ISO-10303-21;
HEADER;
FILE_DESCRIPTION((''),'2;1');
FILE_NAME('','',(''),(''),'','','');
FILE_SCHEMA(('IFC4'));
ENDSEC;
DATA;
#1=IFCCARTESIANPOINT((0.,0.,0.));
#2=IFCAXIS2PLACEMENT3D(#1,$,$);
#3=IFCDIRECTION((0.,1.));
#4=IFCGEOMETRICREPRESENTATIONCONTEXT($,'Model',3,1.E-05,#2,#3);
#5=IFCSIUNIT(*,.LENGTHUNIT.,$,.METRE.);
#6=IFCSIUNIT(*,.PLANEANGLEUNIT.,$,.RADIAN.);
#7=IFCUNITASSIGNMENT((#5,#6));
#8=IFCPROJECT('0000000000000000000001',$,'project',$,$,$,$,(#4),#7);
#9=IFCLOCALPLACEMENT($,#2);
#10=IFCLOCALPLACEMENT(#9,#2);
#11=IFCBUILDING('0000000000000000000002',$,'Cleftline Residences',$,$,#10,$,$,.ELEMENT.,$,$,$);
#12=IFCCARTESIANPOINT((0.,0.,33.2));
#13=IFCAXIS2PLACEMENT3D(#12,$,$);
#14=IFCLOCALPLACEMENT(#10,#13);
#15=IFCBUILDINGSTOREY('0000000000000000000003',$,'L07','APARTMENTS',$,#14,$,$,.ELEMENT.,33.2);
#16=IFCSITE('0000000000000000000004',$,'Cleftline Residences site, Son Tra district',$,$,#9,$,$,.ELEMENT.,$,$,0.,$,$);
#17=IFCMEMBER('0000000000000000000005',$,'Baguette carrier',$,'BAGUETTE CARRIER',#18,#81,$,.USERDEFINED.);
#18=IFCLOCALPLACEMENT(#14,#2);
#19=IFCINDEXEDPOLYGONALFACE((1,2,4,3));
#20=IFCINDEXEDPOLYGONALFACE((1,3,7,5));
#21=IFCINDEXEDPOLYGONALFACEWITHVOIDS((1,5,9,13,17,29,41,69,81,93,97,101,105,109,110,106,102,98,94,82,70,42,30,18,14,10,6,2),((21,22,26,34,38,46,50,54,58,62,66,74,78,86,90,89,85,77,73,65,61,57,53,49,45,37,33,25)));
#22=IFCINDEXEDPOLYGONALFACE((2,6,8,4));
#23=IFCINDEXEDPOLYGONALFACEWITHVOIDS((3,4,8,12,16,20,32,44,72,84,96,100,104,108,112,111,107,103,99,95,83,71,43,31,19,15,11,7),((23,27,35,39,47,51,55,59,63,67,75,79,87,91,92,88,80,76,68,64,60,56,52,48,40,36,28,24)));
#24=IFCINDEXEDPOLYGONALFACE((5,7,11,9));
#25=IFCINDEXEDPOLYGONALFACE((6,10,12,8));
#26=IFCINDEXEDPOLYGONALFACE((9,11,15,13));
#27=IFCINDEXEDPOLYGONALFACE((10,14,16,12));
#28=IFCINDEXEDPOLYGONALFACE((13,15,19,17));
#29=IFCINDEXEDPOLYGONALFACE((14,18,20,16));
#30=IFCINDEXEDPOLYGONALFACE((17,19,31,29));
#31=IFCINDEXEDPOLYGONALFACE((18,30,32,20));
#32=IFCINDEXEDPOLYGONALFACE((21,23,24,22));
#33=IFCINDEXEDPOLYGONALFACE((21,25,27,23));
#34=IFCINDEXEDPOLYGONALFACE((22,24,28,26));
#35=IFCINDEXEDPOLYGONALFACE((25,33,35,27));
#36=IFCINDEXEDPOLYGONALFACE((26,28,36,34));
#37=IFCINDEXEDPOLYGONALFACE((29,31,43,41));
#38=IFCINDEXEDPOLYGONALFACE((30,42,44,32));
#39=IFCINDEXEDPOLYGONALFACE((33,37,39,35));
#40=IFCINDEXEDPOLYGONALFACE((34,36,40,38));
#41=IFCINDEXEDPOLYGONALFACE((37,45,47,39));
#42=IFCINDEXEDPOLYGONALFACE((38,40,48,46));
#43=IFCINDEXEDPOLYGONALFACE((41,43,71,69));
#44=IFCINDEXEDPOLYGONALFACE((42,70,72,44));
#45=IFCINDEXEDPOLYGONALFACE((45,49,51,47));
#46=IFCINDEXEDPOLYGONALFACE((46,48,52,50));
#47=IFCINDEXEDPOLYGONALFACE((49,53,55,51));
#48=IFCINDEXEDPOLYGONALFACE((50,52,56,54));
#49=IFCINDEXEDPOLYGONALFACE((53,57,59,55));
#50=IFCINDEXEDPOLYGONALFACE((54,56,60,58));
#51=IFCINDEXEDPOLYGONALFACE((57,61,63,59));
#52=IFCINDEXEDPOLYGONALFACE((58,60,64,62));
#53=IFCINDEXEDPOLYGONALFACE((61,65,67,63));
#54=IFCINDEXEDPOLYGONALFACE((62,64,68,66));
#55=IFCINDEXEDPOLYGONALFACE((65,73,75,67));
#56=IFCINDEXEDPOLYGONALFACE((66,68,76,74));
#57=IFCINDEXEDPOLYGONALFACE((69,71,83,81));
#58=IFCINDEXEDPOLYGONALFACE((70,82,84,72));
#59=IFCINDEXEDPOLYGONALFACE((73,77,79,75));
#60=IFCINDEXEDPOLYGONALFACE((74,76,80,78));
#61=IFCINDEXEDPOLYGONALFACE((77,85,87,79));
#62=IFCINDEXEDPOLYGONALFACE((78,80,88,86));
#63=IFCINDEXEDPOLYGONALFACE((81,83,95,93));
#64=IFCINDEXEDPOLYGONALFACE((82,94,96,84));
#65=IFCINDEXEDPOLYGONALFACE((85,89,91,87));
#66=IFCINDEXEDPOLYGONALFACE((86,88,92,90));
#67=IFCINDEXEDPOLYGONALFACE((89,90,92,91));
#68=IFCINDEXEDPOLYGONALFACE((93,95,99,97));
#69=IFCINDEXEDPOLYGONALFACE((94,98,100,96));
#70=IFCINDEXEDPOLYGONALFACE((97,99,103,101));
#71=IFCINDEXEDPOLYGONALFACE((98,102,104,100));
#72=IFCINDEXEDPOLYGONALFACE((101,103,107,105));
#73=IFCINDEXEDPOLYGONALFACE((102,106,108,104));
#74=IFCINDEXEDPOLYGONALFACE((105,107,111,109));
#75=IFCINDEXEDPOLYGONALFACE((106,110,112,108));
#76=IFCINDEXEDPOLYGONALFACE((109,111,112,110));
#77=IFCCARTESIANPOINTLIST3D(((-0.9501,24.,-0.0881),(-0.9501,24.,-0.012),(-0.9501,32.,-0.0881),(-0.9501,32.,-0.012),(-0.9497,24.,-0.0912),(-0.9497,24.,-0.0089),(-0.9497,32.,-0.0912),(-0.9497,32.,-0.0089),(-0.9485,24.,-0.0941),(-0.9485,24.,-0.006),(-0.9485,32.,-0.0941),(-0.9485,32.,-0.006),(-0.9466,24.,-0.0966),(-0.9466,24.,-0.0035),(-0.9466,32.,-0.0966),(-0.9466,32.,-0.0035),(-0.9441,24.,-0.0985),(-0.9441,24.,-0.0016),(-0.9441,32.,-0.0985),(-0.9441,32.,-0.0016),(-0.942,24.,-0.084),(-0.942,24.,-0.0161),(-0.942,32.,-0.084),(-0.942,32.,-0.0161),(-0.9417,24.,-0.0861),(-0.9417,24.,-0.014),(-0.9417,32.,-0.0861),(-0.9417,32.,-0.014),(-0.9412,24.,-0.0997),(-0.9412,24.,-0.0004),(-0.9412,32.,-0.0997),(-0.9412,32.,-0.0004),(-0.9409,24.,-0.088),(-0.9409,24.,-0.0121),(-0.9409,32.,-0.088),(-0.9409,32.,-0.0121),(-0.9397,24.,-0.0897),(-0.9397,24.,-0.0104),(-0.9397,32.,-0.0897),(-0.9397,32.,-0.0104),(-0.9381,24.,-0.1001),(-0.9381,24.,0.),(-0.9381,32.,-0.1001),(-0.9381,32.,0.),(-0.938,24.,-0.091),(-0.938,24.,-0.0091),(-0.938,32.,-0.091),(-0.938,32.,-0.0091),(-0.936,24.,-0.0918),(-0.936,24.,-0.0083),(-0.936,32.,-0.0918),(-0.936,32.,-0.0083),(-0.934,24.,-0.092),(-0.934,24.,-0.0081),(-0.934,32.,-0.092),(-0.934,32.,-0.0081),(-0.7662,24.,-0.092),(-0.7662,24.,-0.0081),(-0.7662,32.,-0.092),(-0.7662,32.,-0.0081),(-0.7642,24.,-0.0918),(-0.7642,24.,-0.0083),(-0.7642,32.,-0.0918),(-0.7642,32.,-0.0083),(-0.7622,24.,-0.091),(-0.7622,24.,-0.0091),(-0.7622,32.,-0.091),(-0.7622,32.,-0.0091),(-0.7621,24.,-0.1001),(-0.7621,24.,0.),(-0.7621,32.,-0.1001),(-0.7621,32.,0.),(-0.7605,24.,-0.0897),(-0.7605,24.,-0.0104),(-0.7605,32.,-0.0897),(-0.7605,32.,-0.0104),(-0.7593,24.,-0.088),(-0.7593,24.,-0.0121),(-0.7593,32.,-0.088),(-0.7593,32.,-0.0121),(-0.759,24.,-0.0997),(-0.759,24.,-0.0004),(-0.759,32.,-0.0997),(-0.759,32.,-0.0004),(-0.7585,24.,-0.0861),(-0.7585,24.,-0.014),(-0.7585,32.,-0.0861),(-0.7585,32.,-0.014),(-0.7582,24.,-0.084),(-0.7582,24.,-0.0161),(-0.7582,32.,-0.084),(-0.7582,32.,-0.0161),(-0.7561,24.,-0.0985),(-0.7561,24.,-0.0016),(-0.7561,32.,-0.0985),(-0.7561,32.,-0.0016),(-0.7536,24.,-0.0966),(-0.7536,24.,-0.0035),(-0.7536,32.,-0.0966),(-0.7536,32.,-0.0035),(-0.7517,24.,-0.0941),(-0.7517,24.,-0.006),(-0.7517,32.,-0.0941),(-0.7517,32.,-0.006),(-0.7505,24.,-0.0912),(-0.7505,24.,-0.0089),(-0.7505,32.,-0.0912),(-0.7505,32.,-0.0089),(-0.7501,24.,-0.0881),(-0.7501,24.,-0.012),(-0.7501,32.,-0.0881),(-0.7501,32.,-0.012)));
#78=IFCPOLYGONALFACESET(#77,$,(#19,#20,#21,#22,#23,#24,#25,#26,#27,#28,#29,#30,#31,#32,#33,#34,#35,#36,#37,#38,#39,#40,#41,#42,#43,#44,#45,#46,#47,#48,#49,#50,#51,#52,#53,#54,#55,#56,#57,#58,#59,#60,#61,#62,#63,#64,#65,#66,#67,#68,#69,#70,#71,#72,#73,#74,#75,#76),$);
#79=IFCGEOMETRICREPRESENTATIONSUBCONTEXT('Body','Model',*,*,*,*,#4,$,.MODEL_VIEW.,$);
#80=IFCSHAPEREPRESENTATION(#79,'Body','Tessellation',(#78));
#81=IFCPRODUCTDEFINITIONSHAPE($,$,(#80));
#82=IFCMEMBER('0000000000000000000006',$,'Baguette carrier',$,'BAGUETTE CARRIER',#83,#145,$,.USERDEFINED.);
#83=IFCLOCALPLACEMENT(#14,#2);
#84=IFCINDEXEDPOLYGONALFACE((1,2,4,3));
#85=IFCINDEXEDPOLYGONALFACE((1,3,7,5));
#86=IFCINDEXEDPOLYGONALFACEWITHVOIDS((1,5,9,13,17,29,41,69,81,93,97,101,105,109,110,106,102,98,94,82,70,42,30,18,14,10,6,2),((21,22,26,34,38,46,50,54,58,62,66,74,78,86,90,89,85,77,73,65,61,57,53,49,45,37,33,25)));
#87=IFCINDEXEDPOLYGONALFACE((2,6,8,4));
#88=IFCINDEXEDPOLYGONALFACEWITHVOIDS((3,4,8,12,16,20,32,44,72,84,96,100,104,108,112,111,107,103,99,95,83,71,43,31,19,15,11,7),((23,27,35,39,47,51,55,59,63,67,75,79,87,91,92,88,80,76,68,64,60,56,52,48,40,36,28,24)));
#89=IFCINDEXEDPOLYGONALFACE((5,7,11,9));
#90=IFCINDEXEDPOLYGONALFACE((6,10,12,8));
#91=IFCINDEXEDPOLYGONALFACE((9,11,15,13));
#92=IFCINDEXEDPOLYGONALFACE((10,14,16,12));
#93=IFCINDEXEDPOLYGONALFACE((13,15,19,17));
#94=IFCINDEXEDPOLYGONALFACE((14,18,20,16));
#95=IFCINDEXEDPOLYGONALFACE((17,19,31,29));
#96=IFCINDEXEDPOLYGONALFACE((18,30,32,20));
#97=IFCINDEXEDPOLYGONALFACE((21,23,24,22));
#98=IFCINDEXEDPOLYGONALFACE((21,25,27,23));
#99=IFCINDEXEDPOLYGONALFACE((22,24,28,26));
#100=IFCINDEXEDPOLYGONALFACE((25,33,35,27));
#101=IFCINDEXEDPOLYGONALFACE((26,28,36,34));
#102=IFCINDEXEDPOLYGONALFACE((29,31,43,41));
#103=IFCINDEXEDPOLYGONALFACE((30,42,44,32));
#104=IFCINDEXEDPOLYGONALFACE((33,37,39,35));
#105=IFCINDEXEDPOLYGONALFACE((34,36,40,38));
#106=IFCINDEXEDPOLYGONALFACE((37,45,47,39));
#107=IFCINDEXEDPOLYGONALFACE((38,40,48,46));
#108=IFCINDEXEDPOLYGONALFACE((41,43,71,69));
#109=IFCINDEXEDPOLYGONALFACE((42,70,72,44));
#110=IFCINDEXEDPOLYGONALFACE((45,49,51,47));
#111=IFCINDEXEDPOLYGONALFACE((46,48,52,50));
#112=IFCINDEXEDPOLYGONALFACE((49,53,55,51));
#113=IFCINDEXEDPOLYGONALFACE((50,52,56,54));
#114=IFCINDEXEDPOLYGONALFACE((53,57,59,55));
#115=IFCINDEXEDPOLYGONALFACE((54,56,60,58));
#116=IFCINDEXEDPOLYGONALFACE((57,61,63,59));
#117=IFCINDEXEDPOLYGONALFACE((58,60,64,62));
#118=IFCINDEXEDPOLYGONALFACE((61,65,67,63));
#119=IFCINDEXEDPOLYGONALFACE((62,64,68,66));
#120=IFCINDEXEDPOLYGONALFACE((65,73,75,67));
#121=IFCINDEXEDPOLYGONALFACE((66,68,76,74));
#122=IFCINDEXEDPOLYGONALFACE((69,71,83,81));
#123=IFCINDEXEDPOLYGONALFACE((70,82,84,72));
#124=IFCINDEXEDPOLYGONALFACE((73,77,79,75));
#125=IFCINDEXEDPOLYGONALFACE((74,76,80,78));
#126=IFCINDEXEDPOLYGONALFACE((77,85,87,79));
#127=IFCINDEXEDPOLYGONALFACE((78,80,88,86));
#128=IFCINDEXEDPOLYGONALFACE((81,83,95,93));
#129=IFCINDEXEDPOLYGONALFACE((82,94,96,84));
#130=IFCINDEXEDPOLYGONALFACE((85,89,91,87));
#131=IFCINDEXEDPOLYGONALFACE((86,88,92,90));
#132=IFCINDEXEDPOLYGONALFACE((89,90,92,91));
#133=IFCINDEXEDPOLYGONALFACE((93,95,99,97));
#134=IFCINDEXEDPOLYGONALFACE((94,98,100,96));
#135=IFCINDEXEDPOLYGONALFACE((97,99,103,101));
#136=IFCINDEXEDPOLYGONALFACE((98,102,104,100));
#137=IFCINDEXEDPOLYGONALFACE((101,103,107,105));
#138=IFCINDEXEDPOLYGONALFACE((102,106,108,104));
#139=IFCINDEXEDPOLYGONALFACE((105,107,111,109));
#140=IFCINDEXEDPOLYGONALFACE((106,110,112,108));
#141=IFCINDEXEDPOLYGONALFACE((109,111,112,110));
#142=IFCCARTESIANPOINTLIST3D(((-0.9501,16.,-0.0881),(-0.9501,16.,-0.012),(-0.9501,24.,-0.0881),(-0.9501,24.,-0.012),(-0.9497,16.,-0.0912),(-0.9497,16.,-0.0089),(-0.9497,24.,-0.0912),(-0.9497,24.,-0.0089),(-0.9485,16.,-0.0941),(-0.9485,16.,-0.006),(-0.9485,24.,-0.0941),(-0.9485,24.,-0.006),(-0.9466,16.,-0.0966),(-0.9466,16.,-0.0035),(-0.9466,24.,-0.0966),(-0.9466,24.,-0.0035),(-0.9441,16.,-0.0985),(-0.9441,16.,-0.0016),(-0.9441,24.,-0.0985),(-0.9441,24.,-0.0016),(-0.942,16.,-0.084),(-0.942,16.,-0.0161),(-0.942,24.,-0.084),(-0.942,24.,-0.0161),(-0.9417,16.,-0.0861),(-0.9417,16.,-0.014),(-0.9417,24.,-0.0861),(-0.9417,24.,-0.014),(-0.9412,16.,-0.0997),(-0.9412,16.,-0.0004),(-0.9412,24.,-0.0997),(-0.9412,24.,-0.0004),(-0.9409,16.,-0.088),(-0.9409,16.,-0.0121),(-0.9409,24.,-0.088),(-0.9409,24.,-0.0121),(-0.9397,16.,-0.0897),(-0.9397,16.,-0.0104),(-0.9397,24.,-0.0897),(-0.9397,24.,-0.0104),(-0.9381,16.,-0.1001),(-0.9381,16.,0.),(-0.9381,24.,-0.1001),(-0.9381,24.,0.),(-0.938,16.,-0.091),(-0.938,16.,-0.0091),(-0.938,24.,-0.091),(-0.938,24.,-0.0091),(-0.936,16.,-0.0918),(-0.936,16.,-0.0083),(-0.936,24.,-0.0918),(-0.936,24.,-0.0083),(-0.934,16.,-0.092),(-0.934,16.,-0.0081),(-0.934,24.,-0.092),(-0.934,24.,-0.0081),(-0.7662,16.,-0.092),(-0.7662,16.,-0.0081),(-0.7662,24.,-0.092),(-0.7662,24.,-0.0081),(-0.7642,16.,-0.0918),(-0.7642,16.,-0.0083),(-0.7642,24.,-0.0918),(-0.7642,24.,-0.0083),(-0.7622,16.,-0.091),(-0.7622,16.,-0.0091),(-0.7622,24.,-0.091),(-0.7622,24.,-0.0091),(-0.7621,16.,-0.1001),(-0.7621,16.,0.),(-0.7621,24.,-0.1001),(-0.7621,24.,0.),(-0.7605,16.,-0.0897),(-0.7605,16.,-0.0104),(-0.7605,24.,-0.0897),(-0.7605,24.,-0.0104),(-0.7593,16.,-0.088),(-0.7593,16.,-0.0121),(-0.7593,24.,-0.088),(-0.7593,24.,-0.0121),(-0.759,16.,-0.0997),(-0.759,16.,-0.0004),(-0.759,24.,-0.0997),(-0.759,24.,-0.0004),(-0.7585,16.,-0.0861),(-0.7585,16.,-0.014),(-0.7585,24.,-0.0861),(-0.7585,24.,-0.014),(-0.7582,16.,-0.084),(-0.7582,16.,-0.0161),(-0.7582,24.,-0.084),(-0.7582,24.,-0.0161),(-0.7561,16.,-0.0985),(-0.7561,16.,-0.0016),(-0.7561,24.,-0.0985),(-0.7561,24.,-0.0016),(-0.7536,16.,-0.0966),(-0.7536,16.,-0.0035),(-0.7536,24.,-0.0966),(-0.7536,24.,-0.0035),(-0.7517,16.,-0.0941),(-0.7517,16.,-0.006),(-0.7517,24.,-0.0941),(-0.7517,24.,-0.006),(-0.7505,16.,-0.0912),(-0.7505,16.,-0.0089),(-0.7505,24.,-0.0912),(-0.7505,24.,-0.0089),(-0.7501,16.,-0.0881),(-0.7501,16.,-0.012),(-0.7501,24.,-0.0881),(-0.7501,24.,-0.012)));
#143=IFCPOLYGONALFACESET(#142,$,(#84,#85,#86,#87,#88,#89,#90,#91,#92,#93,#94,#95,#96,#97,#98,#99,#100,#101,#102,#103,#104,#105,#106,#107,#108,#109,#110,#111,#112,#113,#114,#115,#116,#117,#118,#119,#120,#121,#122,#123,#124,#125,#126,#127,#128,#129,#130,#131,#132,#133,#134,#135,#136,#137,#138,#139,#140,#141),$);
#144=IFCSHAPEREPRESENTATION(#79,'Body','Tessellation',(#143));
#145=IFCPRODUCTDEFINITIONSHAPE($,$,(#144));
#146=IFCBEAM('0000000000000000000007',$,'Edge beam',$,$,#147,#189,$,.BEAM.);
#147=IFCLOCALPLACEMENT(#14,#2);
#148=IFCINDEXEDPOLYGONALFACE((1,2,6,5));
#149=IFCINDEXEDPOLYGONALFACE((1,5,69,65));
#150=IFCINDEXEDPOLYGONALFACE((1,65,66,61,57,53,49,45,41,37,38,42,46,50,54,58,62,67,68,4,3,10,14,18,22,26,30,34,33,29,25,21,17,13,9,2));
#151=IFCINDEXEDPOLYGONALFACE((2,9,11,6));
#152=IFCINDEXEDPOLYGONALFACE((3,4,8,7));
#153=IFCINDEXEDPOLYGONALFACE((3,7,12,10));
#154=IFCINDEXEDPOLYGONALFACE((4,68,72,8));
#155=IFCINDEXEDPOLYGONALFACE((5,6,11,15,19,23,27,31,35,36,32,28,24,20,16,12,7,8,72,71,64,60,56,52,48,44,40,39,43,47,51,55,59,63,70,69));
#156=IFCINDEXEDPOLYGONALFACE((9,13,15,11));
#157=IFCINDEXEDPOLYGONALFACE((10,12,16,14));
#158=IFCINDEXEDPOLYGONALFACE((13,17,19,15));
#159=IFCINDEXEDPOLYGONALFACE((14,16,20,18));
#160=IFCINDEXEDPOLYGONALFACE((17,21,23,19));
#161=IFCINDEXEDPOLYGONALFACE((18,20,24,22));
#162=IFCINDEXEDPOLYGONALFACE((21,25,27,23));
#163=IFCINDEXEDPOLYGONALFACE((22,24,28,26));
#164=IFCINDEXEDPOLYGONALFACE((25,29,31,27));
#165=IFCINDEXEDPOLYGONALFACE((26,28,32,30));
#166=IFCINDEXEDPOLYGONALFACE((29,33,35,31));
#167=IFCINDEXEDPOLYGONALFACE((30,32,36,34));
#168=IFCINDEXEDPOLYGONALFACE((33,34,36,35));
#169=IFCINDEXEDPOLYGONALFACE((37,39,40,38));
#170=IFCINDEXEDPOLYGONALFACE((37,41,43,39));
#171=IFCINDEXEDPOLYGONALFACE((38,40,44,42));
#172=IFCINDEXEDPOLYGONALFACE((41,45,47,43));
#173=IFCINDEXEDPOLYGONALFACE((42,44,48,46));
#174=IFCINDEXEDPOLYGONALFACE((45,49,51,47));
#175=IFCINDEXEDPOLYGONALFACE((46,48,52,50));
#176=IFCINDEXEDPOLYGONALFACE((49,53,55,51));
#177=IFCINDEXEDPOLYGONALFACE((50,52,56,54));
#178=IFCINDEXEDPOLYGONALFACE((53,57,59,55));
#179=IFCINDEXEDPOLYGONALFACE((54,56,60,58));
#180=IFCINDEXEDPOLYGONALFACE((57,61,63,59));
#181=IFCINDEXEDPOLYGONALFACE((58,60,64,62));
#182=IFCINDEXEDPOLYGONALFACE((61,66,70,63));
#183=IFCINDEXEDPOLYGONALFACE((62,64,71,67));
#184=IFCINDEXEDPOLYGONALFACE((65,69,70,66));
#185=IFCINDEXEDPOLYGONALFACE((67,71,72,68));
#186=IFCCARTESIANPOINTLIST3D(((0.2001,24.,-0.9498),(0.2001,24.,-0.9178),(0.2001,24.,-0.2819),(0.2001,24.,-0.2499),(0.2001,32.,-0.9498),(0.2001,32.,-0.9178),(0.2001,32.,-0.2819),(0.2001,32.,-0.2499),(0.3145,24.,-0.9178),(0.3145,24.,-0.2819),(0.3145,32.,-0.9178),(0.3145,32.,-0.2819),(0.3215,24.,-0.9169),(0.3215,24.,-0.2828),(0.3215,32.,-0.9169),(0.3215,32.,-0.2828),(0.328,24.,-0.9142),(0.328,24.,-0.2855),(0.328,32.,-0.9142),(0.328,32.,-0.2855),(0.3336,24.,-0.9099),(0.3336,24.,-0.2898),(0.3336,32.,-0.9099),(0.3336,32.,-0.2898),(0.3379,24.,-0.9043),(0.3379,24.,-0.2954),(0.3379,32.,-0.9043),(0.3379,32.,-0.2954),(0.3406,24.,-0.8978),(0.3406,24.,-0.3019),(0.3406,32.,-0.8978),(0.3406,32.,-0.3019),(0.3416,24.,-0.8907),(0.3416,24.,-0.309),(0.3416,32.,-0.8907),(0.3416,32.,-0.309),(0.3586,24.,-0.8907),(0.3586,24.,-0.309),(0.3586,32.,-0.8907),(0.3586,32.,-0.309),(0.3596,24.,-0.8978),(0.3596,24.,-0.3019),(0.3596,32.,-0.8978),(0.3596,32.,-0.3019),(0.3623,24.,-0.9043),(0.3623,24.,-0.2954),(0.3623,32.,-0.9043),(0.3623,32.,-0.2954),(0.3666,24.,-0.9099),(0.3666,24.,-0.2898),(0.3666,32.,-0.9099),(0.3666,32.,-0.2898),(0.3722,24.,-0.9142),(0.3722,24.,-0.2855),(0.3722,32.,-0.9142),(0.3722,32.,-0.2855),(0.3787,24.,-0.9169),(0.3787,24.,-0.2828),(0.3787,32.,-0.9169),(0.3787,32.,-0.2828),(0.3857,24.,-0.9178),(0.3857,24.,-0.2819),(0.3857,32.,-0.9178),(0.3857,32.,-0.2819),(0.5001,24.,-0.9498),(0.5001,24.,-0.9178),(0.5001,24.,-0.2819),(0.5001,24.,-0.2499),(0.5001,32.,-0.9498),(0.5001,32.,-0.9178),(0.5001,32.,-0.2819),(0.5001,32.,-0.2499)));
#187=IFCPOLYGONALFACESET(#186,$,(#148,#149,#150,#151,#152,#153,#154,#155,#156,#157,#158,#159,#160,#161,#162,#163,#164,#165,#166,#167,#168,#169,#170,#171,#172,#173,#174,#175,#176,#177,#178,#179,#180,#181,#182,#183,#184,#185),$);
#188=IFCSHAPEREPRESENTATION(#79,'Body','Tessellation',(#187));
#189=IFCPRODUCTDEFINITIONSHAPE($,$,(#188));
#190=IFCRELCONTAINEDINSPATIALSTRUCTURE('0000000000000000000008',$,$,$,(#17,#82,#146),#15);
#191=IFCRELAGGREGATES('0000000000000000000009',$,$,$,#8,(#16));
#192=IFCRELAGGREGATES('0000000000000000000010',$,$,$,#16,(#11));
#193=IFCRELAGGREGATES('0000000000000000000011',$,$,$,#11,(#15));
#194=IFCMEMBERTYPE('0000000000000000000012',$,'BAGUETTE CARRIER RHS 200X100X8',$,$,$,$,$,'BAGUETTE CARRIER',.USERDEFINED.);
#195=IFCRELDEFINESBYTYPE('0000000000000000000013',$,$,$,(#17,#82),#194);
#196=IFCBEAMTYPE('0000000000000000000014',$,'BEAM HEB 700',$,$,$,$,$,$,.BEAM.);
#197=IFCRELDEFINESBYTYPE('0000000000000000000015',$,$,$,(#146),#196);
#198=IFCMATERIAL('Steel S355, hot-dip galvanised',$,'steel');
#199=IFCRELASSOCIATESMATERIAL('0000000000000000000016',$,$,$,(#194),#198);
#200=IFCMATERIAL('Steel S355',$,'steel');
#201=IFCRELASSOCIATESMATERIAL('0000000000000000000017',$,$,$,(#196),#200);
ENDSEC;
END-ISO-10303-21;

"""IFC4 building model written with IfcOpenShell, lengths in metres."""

from ifc_helpers import new_model, si_unit, direction, frame, origin, origin_2d, place, context, subcontext, project, spatial, hollow_rectangle, i_section, extrude, material, material_profile, profile_set, type_object, element, save


model = new_model("IFC4")

# Units and contexts
model_context = context("Model", 3, precision=1e-05, world=origin(), true_north=direction((0.0, 1.0)))
body_context = subcontext(model_context, "Body", "Model", "MODEL_VIEW")
ifc_project = project(units=[si_unit("LENGTHUNIT", "METRE"), si_unit("PLANEANGLEUNIT", "RADIAN")], contexts=[model_context])

# Site, building, storey
site_placement = place(None, origin())
site = spatial("IfcSite", under=ifc_project, at=site_placement, Name="Cleftline Residences site, Son Tra district", CompositionType="ELEMENT", RefElevation=0.0)
building_placement = place(site_placement, origin())
building = spatial("IfcBuilding", under=site, at=building_placement, Name="Cleftline Residences", CompositionType="ELEMENT")
storey_placement = place(building_placement, frame((0.0, 0.0, 33.2)))
storey = spatial("IfcBuildingStorey", under=building, at=storey_placement, Name="L07", Description="APARTMENTS", CompositionType="ELEMENT", Elevation=33.2)

# Members
ifc_material_1 = material(Name="Steel S355, hot-dip galvanised", Category="steel")
ifc_material_profile_1 = material_profile(ifc_material_1, hollow_rectangle(XDim=0.1001, YDim=0.2, WallThickness=0.0081, InnerFilletRadius=0.0081, OuterFilletRadius=0.012, at=origin_2d()))
ifc_profile_set_1 = profile_set([ifc_material_profile_1], Name="Steel S355, hot-dip galvanised")
member_type_1 = type_object("IfcMemberType", Name="BAGUETTE CARRIER RHS 200X100X8", ElementType="BAGUETTE CARRIER", PredefinedType="USERDEFINED", material=ifc_profile_set_1)
for number, where, z_axis, x_axis, name in (
    (1, (-0.8501, 32.0, -0.05), (0.0, -1.0, 0.0), (0.0, 0.0, 1.0), "Baguette carrier"),
    (2, (-0.8501, 24.0, -0.05), (0.0, -1.0, 0.0), (0.0, 0.0, 1.0), "Baguette carrier"),
):
    element("IfcMember", number, at=place(storey_placement, frame(where, z_axis=z_axis, x_axis=x_axis)), inside=storey, type_object=member_type_1, Name=name, ObjectType="BAGUETTE CARRIER", PredefinedType="USERDEFINED", context=body_context, shape_type="SweptSolid", body=[
        extrude(hollow_rectangle(XDim=0.1001, YDim=0.2, WallThickness=0.0081, InnerFilletRadius=0.0081, OuterFilletRadius=0.012, at=origin_2d()), origin(), (0.0, 0.0, 1.0), 8.0),
    ])

# Beam
ifc_material_2 = material(Name="Steel S355", Category="steel")
ifc_material_profile_2 = material_profile(ifc_material_2, i_section(OverallWidth=0.3, OverallDepth=0.7, WebThickness=0.0171, FlangeThickness=0.032, FilletRadius=0.0271, at=origin_2d()))
ifc_profile_set_2 = profile_set([ifc_material_profile_2], Name="Steel S355")
beam_type = type_object("IfcBeamType", Name="BEAM HEB 700", PredefinedType="BEAM", material=ifc_profile_set_2)
for number, where, z_axis, x_axis, name in (
    (3, (0.3501, 24.0, -0.5999), (0.0, 1.0, 0.0), (-1.0, 0.0, 0.0), "Edge beam"),
):
    element("IfcBeam", number, at=place(storey_placement, frame(where, z_axis=z_axis, x_axis=x_axis)), inside=storey, type_object=beam_type, Name=name, PredefinedType="BEAM", context=body_context, shape_type="SweptSolid", body=[
        extrude(i_section(OverallWidth=0.3, OverallDepth=0.7, WebThickness=0.0171, FlangeThickness=0.032, FilletRadius=0.0271, at=origin_2d()), origin(), (0.0, 0.0, 1.0), 8.0),
    ])

save(model, "model.ifc")
